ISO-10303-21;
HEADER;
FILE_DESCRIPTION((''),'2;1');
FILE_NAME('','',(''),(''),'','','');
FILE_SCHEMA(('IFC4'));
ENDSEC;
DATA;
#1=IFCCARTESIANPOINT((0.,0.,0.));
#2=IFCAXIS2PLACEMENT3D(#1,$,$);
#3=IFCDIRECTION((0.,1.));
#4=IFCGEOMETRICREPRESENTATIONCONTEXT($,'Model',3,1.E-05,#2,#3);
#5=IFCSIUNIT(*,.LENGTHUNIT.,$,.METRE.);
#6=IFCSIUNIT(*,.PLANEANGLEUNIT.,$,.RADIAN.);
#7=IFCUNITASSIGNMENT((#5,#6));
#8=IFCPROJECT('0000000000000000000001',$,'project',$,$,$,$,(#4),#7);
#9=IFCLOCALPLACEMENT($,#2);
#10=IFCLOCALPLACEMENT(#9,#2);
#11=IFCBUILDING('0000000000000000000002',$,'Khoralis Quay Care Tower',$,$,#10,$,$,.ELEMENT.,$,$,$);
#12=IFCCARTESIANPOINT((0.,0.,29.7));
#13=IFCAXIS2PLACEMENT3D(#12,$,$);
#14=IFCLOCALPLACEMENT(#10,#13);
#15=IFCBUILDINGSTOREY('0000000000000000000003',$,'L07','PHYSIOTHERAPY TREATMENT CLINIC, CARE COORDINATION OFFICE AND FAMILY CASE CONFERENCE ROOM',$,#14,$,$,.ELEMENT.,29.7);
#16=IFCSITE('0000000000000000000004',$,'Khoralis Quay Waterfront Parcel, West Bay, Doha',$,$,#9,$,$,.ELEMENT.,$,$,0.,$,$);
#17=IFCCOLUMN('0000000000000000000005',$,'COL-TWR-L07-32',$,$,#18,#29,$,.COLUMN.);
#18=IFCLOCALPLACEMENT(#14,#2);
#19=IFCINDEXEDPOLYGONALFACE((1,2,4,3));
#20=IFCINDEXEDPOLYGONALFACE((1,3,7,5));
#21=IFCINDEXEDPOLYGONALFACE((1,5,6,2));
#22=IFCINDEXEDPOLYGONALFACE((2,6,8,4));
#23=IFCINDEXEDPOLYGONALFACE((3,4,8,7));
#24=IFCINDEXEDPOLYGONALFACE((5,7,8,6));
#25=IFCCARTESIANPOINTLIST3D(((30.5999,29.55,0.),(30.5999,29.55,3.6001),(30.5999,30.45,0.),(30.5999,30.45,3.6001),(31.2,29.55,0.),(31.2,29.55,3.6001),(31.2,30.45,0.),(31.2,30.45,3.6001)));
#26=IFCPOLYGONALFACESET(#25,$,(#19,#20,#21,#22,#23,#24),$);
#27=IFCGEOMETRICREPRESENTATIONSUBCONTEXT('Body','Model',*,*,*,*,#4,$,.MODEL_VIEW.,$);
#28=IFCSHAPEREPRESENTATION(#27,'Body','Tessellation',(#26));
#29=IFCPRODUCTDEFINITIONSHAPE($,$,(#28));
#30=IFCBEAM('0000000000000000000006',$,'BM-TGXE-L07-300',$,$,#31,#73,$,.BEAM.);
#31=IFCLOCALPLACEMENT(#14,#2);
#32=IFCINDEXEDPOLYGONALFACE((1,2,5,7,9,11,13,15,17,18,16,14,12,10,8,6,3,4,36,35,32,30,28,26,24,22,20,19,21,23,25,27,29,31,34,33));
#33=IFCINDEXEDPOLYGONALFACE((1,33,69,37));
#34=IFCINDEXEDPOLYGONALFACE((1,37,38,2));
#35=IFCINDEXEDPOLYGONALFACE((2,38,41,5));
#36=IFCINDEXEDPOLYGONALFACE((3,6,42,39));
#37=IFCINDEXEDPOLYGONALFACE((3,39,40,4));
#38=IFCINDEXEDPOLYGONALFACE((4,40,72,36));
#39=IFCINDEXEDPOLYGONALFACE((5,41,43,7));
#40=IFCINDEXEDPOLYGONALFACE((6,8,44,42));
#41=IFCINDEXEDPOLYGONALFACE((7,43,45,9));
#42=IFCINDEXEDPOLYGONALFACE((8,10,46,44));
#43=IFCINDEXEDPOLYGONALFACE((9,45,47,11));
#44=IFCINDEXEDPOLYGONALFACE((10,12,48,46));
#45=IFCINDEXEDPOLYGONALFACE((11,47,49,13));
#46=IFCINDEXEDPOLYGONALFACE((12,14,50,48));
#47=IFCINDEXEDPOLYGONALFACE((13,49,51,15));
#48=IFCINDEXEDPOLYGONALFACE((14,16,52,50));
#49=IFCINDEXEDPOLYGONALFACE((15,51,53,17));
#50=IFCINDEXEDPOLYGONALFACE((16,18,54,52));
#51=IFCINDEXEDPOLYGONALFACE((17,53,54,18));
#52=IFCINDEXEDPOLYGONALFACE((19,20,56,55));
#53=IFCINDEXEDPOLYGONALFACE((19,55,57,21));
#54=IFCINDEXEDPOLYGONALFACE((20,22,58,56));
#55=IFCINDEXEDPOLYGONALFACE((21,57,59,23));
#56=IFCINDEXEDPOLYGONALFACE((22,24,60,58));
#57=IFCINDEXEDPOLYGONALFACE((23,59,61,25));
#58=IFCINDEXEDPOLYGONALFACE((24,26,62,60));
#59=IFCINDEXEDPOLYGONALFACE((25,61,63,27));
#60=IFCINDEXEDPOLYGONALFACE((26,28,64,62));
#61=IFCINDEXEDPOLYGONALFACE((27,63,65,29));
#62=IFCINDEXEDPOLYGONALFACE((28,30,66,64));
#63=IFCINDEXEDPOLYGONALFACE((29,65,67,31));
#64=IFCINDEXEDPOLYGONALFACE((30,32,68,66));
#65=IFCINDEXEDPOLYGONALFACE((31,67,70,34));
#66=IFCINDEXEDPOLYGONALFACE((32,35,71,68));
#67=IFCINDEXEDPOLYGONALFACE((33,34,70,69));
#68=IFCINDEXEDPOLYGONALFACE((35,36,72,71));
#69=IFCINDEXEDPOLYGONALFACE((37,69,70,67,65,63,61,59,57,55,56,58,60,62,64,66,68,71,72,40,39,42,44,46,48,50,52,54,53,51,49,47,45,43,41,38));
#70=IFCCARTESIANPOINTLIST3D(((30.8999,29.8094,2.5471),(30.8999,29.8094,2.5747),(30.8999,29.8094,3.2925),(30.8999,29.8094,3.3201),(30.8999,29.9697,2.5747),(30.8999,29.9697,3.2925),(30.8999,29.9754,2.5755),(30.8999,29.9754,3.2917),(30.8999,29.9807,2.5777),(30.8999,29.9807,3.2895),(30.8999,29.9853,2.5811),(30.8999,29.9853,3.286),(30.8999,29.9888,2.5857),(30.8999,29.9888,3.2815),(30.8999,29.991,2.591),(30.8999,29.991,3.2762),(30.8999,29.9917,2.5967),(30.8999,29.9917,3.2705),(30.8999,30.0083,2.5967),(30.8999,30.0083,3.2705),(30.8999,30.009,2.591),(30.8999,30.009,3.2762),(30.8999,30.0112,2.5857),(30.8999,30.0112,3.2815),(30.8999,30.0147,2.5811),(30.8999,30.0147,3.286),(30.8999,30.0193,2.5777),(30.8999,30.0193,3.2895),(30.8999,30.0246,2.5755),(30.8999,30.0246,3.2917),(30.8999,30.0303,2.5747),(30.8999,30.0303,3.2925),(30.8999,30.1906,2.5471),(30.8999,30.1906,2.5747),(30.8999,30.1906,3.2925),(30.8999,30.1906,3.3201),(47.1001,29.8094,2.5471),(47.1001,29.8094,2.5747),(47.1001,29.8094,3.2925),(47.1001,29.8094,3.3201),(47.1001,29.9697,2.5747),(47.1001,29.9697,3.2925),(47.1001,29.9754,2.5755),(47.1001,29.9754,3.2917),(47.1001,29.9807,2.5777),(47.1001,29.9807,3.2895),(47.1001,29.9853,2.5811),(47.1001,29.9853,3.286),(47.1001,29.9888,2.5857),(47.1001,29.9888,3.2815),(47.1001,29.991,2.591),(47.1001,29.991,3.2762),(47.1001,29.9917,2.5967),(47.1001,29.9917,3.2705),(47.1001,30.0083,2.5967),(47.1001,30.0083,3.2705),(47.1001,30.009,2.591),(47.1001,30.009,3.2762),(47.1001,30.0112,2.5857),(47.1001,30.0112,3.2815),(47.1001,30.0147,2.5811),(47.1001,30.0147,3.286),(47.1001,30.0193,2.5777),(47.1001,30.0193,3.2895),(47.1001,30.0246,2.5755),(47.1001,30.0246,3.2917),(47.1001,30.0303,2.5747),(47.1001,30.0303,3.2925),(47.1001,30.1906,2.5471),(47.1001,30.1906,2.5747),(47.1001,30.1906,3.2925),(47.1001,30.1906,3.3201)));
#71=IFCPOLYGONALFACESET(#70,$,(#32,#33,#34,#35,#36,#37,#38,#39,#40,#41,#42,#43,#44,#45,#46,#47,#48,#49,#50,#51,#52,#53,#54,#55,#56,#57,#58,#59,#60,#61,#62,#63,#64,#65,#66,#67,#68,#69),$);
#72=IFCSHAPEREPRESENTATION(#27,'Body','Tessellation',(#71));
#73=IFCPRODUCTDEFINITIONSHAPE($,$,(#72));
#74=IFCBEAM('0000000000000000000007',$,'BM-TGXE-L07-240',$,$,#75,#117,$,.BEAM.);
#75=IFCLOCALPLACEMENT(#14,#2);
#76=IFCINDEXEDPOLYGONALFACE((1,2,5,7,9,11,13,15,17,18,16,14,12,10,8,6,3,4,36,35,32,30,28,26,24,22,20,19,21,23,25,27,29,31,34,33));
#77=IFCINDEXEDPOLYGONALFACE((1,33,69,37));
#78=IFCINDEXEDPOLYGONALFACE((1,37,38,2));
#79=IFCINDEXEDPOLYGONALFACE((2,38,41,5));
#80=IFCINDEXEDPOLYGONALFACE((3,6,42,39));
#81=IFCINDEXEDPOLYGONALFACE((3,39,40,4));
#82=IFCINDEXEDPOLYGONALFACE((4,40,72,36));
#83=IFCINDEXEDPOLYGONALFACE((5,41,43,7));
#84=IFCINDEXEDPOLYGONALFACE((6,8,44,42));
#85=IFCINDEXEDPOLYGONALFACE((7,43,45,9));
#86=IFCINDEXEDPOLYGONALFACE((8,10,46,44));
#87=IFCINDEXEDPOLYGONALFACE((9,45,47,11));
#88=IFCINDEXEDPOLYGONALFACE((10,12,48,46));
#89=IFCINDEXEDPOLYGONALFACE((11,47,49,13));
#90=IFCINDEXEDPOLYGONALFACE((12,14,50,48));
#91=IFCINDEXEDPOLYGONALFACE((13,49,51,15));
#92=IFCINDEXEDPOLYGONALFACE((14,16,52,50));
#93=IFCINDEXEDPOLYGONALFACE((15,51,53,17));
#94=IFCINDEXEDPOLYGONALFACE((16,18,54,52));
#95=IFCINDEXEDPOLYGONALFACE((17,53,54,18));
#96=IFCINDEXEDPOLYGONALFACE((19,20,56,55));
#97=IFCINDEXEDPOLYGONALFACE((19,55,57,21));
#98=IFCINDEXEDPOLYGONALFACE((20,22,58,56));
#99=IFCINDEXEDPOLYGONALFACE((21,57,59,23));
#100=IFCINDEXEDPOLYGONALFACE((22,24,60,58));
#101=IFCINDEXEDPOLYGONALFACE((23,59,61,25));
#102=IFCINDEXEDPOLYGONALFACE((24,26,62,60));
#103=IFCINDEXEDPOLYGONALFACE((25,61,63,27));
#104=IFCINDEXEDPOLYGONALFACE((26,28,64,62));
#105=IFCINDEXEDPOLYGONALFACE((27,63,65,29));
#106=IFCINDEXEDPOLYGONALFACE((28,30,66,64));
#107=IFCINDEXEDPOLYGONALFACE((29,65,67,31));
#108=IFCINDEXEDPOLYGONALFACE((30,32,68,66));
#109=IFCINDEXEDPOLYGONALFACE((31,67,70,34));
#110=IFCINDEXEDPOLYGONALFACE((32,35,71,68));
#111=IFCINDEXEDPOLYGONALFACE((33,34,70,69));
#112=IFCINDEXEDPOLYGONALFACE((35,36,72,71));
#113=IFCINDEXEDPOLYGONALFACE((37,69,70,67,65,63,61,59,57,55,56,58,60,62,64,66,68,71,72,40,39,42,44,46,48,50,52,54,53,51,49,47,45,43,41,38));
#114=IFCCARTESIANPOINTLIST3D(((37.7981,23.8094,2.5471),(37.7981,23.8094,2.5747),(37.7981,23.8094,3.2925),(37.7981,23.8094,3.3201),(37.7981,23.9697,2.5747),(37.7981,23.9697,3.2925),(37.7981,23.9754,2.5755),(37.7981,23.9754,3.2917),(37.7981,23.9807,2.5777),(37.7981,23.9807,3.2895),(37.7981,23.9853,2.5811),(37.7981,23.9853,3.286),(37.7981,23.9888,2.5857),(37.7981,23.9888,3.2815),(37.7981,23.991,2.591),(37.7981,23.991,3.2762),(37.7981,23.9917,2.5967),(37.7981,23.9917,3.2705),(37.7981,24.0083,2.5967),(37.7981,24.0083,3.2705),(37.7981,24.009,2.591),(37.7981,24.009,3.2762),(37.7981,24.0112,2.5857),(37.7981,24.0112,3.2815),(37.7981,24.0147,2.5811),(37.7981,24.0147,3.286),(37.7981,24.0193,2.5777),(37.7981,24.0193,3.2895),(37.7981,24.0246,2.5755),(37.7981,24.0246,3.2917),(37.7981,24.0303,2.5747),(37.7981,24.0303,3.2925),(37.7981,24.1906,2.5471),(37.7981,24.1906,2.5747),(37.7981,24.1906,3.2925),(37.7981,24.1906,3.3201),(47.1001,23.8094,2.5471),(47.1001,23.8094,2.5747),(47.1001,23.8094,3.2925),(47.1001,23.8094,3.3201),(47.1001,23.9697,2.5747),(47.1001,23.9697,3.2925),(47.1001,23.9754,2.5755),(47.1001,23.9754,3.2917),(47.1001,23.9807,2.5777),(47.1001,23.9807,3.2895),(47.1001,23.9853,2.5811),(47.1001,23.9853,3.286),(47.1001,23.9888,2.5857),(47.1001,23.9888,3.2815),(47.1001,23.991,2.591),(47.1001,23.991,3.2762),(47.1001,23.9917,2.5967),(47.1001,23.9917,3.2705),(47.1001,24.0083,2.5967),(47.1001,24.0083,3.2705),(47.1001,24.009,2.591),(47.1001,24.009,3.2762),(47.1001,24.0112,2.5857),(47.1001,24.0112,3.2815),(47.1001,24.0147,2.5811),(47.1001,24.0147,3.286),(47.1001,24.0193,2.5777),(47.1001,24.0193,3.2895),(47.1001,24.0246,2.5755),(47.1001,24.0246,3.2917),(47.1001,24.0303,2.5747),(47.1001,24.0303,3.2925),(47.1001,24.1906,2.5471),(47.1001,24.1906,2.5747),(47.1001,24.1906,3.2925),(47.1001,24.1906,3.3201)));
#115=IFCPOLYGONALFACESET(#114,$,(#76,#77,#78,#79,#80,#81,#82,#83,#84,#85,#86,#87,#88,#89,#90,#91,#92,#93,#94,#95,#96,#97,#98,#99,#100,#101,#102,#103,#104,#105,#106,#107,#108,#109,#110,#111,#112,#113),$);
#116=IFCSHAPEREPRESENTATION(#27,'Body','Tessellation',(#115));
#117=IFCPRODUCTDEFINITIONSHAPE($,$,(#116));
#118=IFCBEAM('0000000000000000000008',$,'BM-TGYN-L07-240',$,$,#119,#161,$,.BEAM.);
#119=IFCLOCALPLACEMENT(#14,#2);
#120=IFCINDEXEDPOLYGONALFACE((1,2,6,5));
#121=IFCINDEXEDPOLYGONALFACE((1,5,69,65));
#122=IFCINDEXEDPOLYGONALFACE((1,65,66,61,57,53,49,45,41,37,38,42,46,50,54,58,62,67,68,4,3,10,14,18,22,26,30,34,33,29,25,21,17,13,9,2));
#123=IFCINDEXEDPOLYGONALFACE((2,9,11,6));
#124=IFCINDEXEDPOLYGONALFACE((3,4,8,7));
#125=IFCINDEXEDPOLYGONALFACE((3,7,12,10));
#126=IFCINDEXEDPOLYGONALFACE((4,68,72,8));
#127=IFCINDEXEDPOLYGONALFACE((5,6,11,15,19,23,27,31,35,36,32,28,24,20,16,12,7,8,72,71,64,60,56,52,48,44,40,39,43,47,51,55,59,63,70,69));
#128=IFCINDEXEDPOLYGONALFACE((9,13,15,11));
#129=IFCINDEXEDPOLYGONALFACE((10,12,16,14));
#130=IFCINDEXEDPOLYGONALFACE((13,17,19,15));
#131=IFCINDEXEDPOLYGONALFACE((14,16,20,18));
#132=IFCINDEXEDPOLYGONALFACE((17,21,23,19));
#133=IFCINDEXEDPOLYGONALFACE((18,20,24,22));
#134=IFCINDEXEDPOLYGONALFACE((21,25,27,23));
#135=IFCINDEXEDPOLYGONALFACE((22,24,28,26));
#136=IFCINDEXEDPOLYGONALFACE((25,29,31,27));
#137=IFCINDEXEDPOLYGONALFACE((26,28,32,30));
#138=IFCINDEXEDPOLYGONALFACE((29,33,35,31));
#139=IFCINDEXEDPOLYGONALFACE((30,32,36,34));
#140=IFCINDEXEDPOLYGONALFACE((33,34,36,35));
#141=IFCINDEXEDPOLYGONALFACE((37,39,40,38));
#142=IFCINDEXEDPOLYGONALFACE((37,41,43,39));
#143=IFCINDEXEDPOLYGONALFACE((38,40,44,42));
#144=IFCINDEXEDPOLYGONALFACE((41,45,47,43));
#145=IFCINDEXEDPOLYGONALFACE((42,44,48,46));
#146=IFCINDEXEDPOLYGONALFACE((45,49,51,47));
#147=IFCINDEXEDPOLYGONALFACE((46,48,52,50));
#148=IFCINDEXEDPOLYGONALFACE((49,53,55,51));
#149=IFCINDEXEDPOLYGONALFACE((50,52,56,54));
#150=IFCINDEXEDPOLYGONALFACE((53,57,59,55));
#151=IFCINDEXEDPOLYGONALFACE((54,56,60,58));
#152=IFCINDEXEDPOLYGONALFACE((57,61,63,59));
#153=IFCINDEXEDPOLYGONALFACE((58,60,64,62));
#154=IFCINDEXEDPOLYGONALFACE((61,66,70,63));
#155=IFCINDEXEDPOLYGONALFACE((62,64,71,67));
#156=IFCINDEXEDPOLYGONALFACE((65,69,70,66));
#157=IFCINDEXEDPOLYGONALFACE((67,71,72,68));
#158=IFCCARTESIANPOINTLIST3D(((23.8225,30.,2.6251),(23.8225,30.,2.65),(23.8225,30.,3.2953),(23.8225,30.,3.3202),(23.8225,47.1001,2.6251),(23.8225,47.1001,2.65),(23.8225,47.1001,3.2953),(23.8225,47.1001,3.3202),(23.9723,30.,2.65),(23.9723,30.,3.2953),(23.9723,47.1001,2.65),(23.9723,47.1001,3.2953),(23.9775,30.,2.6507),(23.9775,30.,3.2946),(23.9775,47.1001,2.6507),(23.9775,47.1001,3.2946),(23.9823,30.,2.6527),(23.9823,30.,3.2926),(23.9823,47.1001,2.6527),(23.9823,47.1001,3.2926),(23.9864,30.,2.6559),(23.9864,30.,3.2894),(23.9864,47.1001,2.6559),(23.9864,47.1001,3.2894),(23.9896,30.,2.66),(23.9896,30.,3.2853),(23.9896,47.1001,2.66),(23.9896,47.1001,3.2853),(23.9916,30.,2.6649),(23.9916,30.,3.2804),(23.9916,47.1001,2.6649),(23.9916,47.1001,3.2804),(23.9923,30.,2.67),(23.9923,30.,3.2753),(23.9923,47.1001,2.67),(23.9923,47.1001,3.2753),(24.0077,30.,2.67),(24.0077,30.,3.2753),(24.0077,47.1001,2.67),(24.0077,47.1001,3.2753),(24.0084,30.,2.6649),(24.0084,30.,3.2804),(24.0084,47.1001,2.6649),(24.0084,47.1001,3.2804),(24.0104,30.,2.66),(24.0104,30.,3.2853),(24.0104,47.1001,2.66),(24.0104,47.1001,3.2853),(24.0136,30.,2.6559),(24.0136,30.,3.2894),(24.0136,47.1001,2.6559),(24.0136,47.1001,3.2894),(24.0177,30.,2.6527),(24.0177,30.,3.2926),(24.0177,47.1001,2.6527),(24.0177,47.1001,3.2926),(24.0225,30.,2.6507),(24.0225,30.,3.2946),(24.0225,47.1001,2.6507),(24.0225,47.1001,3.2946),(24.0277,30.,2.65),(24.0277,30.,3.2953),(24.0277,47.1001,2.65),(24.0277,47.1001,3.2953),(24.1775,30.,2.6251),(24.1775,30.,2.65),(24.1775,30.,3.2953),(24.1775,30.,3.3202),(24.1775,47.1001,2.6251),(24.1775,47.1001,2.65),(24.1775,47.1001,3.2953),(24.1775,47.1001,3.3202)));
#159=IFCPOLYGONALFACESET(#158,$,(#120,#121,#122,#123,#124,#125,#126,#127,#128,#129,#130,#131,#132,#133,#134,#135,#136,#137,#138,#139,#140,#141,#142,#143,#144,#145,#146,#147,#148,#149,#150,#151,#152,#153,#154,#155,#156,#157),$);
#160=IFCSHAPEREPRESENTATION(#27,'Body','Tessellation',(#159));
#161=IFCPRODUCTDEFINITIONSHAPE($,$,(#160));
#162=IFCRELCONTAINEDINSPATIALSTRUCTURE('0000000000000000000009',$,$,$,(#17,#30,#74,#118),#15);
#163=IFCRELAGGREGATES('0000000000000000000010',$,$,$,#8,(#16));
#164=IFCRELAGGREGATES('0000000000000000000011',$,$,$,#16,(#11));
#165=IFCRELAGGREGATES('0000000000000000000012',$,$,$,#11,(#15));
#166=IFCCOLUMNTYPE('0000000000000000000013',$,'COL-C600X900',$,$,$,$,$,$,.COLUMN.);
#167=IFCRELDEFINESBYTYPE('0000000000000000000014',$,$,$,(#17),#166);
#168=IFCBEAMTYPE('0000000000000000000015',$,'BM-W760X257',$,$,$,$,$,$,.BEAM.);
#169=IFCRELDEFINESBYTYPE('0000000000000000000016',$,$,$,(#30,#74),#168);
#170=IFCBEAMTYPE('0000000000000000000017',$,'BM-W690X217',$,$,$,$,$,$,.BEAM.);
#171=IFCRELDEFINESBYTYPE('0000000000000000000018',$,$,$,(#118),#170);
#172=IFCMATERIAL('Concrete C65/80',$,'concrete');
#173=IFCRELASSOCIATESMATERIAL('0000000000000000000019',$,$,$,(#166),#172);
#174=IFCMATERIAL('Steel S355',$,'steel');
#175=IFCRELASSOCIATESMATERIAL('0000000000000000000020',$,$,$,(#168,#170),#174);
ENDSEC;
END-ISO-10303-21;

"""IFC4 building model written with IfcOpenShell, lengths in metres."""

from ifc_helpers import new_model, si_unit, direction, frame, origin, origin_2d, place, context, subcontext, project, spatial, rectangle, i_section, extrude, source, transform, mapped, material, material_profile, profile_set, type_object, element, save


model = new_model("IFC4")

# Units and contexts
model_context = context("Model", 3, precision=1e-05, world=origin(), true_north=direction((0.0, 1.0)))
body_context = subcontext(model_context, "Body", "Model", "MODEL_VIEW")
ifc_project = project(units=[si_unit("LENGTHUNIT", "METRE"), si_unit("PLANEANGLEUNIT", "RADIAN")], contexts=[model_context])

# Site, building, storey
site_placement = place(None, origin())
site = spatial("IfcSite", under=ifc_project, at=site_placement, Name="Khoralis Quay Waterfront Parcel, West Bay, Doha", CompositionType="ELEMENT", RefElevation=0.0)
building_placement = place(site_placement, origin())
building = spatial("IfcBuilding", under=site, at=building_placement, Name="Khoralis Quay Care Tower", CompositionType="ELEMENT")
storey_placement = place(building_placement, frame((0.0, 0.0, 29.7)))
storey = spatial("IfcBuildingStorey", under=building, at=storey_placement, Name="L07", Description="PHYSIOTHERAPY TREATMENT CLINIC, CARE COORDINATION OFFICE AND FAMILY CASE CONFERENCE ROOM", CompositionType="ELEMENT", Elevation=29.7)

# Column
ifc_material_1 = material(Name="Concrete C65/80", Category="concrete")
ifc_material_profile_1 = material_profile(ifc_material_1, rectangle(XDim=0.6001, YDim=0.8999, at=origin_2d()), Name="Concrete C65/80")
ifc_profile_set_1 = profile_set([ifc_material_profile_1], Name="Concrete C65/80")
column_type = type_object("IfcColumnType", Name="COL-C600X900", PredefinedType="COLUMN", material=ifc_profile_set_1)
shared_shape_1 = source(origin(), body_context, "Body", "SweptSolid", [
    extrude(rectangle(XDim=0.6001, YDim=0.8999, at=origin_2d()), origin(), (0.0, 0.0, 1.0), 3.6001),
])
column_placement = place(storey_placement, frame((30.8999, 30.0, 0.0), z_axis=(0.0, 0.0, 1.0), x_axis=(1.0, 0.0, 0.0)))
element("IfcColumn", 1, at=column_placement, inside=storey, type_object=column_type, Name="COL-TWR-L07-32", PredefinedType="COLUMN", context=body_context, shape_type="MappedRepresentation", body=[
    mapped(shared_shape_1, transform((0.0, 0.0, 0.0), scale=1.0)),
])

# Beams
ifc_material_2 = material(Name="Steel S355", Category="steel")
ifc_material_profile_2 = material_profile(ifc_material_2, i_section(OverallWidth=0.3811, OverallDepth=0.7729, WebThickness=0.0166, FlangeThickness=0.0276, FilletRadius=0.022, at=origin_2d()), Name="Steel S355")
ifc_profile_set_2 = profile_set([ifc_material_profile_2], Name="Steel S355")
beam_type_1 = type_object("IfcBeamType", Name="BM-W760X257", PredefinedType="BEAM", material=ifc_profile_set_2)
shared_shape_2 = source(origin(), body_context, "Body", "SweptSolid", [
    extrude(i_section(OverallWidth=0.3811, OverallDepth=0.7729, WebThickness=0.0166, FlangeThickness=0.0276, FilletRadius=0.022, at=origin_2d()), origin(), (0.0, 0.0, 1.0), 16.2002),
])
beam_1_placement = place(storey_placement, frame((30.8999, 30.0, 2.9336), z_axis=(1.0, 0.0, 0.0), x_axis=(0.0, 1.0, 0.0)))
element("IfcBeam", 2, at=beam_1_placement, inside=storey, type_object=beam_type_1, Name="BM-TGXE-L07-300", PredefinedType="BEAM", context=body_context, shape_type="MappedRepresentation", body=[
    mapped(shared_shape_2, transform((0.0, 0.0, 0.0), scale=1.0)),
])
shared_shape_3 = source(origin(), body_context, "Body", "SweptSolid", [
    extrude(i_section(OverallWidth=0.3811, OverallDepth=0.7729, WebThickness=0.0166, FlangeThickness=0.0276, FilletRadius=0.022, at=origin_2d()), origin(), (0.0, 0.0, 1.0), 9.302),
])
beam_2_placement = place(storey_placement, frame((37.7981, 24.0, 2.9336), z_axis=(1.0, 0.0, 0.0), x_axis=(0.0, 1.0, 0.0)))
element("IfcBeam", 3, at=beam_2_placement, inside=storey, type_object=beam_type_1, Name="BM-TGXE-L07-240", PredefinedType="BEAM", context=body_context, shape_type="MappedRepresentation", body=[
    mapped(shared_shape_3, transform((0.0, 0.0, 0.0), scale=1.0)),
])
ifc_material_profile_3 = material_profile(ifc_material_2, i_section(OverallWidth=0.355, OverallDepth=0.6951, WebThickness=0.0154, FlangeThickness=0.0249, FilletRadius=0.02, at=origin_2d()), Name="Steel S355")
ifc_profile_set_3 = profile_set([ifc_material_profile_3], Name="Steel S355")
beam_type_2 = type_object("IfcBeamType", Name="BM-W690X217", PredefinedType="BEAM", material=ifc_profile_set_3)
shared_shape_4 = source(origin(), body_context, "Body", "SweptSolid", [
    extrude(i_section(OverallWidth=0.355, OverallDepth=0.6951, WebThickness=0.0154, FlangeThickness=0.0249, FilletRadius=0.02, at=origin_2d()), origin(), (0.0, 0.0, 1.0), 17.1001),
])
for number, where, z_axis, x_axis, name in (
    (4, (24.0, 30.0, 2.9727), (0.0, 1.0, 0.0), (-1.0, 0.0, 0.0), "BM-TGYN-L07-240"),
):
    element("IfcBeam", number, at=place(storey_placement, frame(where, z_axis=z_axis, x_axis=x_axis)), inside=storey, type_object=beam_type_2, Name=name, PredefinedType="BEAM", context=body_context, shape_type="MappedRepresentation", body=[
        mapped(shared_shape_4, transform((0.0, 0.0, 0.0), scale=1.0)),
    ])

save(model, "model.ifc")
